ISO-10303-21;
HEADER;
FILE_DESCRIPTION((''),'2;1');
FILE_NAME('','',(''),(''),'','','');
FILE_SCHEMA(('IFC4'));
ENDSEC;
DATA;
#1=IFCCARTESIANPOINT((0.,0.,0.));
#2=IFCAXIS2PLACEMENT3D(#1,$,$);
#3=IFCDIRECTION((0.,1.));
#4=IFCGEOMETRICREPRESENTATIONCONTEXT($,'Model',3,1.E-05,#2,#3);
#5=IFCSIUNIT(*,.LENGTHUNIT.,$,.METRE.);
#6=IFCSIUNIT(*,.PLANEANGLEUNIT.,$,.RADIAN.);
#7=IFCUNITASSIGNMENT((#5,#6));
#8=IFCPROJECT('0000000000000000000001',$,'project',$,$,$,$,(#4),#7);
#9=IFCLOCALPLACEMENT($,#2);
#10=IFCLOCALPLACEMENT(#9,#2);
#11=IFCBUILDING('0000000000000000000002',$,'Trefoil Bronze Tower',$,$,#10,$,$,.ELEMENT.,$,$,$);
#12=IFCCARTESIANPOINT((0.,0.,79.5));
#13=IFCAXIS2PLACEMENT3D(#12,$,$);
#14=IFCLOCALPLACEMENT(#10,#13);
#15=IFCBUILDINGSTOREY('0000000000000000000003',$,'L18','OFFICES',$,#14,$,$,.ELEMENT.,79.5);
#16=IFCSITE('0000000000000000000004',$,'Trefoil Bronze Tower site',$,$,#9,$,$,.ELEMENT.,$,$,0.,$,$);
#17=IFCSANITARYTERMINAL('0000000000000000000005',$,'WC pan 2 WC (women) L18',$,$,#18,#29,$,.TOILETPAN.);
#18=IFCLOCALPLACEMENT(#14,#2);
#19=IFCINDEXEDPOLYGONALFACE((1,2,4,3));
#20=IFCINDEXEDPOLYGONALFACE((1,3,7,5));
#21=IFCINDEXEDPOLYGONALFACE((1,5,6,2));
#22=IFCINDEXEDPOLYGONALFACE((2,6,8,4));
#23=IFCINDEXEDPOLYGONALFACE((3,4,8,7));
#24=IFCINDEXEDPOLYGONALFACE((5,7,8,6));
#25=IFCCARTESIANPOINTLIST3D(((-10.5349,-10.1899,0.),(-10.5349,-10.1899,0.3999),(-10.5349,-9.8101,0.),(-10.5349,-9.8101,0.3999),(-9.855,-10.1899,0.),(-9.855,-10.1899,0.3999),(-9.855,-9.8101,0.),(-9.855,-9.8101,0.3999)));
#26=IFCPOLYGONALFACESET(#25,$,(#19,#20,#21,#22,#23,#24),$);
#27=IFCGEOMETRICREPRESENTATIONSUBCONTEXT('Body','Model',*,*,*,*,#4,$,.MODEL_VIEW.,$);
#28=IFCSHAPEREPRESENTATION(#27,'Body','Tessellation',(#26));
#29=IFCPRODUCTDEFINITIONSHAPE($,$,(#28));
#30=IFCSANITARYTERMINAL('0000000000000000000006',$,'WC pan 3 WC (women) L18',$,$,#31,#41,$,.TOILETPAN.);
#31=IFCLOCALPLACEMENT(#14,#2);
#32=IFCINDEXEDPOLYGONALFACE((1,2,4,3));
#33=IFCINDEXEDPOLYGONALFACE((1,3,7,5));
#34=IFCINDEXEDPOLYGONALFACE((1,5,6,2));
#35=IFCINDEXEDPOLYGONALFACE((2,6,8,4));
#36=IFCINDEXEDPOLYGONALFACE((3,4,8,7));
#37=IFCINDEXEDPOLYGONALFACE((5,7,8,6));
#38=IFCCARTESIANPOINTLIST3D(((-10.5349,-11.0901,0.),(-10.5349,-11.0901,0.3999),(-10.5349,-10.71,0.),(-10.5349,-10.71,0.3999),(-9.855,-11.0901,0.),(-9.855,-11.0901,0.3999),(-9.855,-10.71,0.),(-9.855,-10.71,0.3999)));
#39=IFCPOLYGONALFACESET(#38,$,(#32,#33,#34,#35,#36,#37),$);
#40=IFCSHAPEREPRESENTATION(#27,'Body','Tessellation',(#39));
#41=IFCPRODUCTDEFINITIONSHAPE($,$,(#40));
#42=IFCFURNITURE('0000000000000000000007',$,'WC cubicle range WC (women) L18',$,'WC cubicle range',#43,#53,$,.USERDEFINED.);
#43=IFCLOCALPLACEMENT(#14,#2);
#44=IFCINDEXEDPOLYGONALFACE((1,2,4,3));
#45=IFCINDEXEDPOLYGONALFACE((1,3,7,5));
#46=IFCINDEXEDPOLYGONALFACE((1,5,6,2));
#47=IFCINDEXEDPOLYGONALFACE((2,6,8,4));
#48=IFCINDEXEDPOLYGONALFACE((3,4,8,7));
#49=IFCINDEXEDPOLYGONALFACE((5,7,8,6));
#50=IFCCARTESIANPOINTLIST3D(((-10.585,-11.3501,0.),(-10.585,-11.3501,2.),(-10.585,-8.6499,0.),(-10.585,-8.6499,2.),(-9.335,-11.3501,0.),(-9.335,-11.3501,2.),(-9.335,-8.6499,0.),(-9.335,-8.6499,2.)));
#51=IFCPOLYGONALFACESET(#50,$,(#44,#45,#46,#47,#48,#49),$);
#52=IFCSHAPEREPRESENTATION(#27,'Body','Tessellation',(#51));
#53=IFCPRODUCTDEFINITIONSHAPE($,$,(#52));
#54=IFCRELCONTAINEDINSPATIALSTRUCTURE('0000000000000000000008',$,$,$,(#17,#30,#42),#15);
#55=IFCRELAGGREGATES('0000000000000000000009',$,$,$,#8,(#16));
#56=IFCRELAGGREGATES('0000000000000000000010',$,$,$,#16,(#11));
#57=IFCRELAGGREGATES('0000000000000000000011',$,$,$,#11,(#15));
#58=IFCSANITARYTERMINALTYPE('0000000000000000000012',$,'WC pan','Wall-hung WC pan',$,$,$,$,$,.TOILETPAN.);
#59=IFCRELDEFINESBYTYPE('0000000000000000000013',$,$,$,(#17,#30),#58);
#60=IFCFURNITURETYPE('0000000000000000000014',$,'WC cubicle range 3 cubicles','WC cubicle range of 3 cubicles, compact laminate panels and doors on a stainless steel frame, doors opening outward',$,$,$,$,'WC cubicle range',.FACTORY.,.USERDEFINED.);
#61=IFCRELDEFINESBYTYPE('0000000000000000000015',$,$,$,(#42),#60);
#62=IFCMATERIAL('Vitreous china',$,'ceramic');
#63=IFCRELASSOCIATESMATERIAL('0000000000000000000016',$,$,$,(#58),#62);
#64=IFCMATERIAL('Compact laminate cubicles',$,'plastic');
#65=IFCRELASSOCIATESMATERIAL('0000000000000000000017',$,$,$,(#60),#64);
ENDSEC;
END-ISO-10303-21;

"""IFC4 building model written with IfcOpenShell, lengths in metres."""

from ifc_helpers import new_model, si_unit, direction, frame, origin, place, context, subcontext, project, spatial, polyline, outline, extrude, material, type_object, element, save


model = new_model("IFC4")

# Units and contexts
model_context = context("Model", 3, precision=1e-05, world=origin(), true_north=direction((0.0, 1.0)))
body_context = subcontext(model_context, "Body", "Model", "MODEL_VIEW")
ifc_project = project(units=[si_unit("LENGTHUNIT", "METRE"), si_unit("PLANEANGLEUNIT", "RADIAN")], contexts=[model_context])

# Site, building, storey
site_placement = place(None, origin())
site = spatial("IfcSite", under=ifc_project, at=site_placement, Name="Trefoil Bronze Tower site", CompositionType="ELEMENT", RefElevation=0.0)
building_placement = place(site_placement, origin())
building = spatial("IfcBuilding", under=site, at=building_placement, Name="Trefoil Bronze Tower", CompositionType="ELEMENT")
storey_placement = place(building_placement, frame((0.0, 0.0, 79.5)))
storey = spatial("IfcBuildingStorey", under=building, at=storey_placement, Name="L18", Description="OFFICES", CompositionType="ELEMENT", Elevation=79.5)

# Sanitary terminals
ifc_material_1 = material(Name="Vitreous china", Category="ceramic")
sanitary_terminal_type_1 = type_object("IfcSanitaryTerminalType", Name="WC pan", Description="Wall-hung WC pan", PredefinedType="TOILETPAN", material=ifc_material_1)
sanitary_terminal_1_placement = place(storey_placement, origin())
element("IfcSanitaryTerminal", 1, at=sanitary_terminal_1_placement, inside=storey, type_object=sanitary_terminal_type_1, Name="WC pan 2 WC (women) L18", PredefinedType="TOILETPAN", context=body_context, shape_type="SweptSolid", body=[
    extrude(outline(polyline([(-9.855, -9.8101), (-10.5349, -9.8101), (-10.5349, -10.1899), (-9.855, -10.1899), (-9.855, -9.8101)])), origin(), (0.0, 0.0, 1.0), 0.3999),
])
sanitary_terminal_2_placement = place(storey_placement, origin())
element("IfcSanitaryTerminal", 2, at=sanitary_terminal_2_placement, inside=storey, type_object=sanitary_terminal_type_1, Name="WC pan 3 WC (women) L18", PredefinedType="TOILETPAN", context=body_context, shape_type="SweptSolid", body=[
    extrude(outline(polyline([(-9.855, -10.71), (-10.5349, -10.71), (-10.5349, -11.0901), (-9.855, -11.0901), (-9.855, -10.71)])), origin(), (0.0, 0.0, 1.0), 0.3999),
])

# Furniture
ifc_material_2 = material(Name="Compact laminate cubicles", Category="plastic")
furniture_type = type_object("IfcFurnitureType", Name="WC cubicle range 3 cubicles", Description="WC cubicle range of 3 cubicles, compact laminate panels and doors on a stainless steel frame, doors opening outward", ElementType="WC cubicle range", AssemblyPlace="FACTORY", PredefinedType="USERDEFINED", material=ifc_material_2)
furniture_placement = place(storey_placement, origin())
element("IfcFurniture", 3, at=furniture_placement, inside=storey, type_object=furniture_type, Name="WC cubicle range WC (women) L18", ObjectType="WC cubicle range", PredefinedType="USERDEFINED", context=body_context, shape_type="SweptSolid", body=[
    extrude(outline(polyline([(-9.335, -8.6499), (-10.585, -8.6499), (-10.585, -11.3501), (-9.335, -11.3501), (-9.335, -8.6499)])), origin(), (0.0, 0.0, 1.0), 2.0),
])

save(model, "model.ifc")
